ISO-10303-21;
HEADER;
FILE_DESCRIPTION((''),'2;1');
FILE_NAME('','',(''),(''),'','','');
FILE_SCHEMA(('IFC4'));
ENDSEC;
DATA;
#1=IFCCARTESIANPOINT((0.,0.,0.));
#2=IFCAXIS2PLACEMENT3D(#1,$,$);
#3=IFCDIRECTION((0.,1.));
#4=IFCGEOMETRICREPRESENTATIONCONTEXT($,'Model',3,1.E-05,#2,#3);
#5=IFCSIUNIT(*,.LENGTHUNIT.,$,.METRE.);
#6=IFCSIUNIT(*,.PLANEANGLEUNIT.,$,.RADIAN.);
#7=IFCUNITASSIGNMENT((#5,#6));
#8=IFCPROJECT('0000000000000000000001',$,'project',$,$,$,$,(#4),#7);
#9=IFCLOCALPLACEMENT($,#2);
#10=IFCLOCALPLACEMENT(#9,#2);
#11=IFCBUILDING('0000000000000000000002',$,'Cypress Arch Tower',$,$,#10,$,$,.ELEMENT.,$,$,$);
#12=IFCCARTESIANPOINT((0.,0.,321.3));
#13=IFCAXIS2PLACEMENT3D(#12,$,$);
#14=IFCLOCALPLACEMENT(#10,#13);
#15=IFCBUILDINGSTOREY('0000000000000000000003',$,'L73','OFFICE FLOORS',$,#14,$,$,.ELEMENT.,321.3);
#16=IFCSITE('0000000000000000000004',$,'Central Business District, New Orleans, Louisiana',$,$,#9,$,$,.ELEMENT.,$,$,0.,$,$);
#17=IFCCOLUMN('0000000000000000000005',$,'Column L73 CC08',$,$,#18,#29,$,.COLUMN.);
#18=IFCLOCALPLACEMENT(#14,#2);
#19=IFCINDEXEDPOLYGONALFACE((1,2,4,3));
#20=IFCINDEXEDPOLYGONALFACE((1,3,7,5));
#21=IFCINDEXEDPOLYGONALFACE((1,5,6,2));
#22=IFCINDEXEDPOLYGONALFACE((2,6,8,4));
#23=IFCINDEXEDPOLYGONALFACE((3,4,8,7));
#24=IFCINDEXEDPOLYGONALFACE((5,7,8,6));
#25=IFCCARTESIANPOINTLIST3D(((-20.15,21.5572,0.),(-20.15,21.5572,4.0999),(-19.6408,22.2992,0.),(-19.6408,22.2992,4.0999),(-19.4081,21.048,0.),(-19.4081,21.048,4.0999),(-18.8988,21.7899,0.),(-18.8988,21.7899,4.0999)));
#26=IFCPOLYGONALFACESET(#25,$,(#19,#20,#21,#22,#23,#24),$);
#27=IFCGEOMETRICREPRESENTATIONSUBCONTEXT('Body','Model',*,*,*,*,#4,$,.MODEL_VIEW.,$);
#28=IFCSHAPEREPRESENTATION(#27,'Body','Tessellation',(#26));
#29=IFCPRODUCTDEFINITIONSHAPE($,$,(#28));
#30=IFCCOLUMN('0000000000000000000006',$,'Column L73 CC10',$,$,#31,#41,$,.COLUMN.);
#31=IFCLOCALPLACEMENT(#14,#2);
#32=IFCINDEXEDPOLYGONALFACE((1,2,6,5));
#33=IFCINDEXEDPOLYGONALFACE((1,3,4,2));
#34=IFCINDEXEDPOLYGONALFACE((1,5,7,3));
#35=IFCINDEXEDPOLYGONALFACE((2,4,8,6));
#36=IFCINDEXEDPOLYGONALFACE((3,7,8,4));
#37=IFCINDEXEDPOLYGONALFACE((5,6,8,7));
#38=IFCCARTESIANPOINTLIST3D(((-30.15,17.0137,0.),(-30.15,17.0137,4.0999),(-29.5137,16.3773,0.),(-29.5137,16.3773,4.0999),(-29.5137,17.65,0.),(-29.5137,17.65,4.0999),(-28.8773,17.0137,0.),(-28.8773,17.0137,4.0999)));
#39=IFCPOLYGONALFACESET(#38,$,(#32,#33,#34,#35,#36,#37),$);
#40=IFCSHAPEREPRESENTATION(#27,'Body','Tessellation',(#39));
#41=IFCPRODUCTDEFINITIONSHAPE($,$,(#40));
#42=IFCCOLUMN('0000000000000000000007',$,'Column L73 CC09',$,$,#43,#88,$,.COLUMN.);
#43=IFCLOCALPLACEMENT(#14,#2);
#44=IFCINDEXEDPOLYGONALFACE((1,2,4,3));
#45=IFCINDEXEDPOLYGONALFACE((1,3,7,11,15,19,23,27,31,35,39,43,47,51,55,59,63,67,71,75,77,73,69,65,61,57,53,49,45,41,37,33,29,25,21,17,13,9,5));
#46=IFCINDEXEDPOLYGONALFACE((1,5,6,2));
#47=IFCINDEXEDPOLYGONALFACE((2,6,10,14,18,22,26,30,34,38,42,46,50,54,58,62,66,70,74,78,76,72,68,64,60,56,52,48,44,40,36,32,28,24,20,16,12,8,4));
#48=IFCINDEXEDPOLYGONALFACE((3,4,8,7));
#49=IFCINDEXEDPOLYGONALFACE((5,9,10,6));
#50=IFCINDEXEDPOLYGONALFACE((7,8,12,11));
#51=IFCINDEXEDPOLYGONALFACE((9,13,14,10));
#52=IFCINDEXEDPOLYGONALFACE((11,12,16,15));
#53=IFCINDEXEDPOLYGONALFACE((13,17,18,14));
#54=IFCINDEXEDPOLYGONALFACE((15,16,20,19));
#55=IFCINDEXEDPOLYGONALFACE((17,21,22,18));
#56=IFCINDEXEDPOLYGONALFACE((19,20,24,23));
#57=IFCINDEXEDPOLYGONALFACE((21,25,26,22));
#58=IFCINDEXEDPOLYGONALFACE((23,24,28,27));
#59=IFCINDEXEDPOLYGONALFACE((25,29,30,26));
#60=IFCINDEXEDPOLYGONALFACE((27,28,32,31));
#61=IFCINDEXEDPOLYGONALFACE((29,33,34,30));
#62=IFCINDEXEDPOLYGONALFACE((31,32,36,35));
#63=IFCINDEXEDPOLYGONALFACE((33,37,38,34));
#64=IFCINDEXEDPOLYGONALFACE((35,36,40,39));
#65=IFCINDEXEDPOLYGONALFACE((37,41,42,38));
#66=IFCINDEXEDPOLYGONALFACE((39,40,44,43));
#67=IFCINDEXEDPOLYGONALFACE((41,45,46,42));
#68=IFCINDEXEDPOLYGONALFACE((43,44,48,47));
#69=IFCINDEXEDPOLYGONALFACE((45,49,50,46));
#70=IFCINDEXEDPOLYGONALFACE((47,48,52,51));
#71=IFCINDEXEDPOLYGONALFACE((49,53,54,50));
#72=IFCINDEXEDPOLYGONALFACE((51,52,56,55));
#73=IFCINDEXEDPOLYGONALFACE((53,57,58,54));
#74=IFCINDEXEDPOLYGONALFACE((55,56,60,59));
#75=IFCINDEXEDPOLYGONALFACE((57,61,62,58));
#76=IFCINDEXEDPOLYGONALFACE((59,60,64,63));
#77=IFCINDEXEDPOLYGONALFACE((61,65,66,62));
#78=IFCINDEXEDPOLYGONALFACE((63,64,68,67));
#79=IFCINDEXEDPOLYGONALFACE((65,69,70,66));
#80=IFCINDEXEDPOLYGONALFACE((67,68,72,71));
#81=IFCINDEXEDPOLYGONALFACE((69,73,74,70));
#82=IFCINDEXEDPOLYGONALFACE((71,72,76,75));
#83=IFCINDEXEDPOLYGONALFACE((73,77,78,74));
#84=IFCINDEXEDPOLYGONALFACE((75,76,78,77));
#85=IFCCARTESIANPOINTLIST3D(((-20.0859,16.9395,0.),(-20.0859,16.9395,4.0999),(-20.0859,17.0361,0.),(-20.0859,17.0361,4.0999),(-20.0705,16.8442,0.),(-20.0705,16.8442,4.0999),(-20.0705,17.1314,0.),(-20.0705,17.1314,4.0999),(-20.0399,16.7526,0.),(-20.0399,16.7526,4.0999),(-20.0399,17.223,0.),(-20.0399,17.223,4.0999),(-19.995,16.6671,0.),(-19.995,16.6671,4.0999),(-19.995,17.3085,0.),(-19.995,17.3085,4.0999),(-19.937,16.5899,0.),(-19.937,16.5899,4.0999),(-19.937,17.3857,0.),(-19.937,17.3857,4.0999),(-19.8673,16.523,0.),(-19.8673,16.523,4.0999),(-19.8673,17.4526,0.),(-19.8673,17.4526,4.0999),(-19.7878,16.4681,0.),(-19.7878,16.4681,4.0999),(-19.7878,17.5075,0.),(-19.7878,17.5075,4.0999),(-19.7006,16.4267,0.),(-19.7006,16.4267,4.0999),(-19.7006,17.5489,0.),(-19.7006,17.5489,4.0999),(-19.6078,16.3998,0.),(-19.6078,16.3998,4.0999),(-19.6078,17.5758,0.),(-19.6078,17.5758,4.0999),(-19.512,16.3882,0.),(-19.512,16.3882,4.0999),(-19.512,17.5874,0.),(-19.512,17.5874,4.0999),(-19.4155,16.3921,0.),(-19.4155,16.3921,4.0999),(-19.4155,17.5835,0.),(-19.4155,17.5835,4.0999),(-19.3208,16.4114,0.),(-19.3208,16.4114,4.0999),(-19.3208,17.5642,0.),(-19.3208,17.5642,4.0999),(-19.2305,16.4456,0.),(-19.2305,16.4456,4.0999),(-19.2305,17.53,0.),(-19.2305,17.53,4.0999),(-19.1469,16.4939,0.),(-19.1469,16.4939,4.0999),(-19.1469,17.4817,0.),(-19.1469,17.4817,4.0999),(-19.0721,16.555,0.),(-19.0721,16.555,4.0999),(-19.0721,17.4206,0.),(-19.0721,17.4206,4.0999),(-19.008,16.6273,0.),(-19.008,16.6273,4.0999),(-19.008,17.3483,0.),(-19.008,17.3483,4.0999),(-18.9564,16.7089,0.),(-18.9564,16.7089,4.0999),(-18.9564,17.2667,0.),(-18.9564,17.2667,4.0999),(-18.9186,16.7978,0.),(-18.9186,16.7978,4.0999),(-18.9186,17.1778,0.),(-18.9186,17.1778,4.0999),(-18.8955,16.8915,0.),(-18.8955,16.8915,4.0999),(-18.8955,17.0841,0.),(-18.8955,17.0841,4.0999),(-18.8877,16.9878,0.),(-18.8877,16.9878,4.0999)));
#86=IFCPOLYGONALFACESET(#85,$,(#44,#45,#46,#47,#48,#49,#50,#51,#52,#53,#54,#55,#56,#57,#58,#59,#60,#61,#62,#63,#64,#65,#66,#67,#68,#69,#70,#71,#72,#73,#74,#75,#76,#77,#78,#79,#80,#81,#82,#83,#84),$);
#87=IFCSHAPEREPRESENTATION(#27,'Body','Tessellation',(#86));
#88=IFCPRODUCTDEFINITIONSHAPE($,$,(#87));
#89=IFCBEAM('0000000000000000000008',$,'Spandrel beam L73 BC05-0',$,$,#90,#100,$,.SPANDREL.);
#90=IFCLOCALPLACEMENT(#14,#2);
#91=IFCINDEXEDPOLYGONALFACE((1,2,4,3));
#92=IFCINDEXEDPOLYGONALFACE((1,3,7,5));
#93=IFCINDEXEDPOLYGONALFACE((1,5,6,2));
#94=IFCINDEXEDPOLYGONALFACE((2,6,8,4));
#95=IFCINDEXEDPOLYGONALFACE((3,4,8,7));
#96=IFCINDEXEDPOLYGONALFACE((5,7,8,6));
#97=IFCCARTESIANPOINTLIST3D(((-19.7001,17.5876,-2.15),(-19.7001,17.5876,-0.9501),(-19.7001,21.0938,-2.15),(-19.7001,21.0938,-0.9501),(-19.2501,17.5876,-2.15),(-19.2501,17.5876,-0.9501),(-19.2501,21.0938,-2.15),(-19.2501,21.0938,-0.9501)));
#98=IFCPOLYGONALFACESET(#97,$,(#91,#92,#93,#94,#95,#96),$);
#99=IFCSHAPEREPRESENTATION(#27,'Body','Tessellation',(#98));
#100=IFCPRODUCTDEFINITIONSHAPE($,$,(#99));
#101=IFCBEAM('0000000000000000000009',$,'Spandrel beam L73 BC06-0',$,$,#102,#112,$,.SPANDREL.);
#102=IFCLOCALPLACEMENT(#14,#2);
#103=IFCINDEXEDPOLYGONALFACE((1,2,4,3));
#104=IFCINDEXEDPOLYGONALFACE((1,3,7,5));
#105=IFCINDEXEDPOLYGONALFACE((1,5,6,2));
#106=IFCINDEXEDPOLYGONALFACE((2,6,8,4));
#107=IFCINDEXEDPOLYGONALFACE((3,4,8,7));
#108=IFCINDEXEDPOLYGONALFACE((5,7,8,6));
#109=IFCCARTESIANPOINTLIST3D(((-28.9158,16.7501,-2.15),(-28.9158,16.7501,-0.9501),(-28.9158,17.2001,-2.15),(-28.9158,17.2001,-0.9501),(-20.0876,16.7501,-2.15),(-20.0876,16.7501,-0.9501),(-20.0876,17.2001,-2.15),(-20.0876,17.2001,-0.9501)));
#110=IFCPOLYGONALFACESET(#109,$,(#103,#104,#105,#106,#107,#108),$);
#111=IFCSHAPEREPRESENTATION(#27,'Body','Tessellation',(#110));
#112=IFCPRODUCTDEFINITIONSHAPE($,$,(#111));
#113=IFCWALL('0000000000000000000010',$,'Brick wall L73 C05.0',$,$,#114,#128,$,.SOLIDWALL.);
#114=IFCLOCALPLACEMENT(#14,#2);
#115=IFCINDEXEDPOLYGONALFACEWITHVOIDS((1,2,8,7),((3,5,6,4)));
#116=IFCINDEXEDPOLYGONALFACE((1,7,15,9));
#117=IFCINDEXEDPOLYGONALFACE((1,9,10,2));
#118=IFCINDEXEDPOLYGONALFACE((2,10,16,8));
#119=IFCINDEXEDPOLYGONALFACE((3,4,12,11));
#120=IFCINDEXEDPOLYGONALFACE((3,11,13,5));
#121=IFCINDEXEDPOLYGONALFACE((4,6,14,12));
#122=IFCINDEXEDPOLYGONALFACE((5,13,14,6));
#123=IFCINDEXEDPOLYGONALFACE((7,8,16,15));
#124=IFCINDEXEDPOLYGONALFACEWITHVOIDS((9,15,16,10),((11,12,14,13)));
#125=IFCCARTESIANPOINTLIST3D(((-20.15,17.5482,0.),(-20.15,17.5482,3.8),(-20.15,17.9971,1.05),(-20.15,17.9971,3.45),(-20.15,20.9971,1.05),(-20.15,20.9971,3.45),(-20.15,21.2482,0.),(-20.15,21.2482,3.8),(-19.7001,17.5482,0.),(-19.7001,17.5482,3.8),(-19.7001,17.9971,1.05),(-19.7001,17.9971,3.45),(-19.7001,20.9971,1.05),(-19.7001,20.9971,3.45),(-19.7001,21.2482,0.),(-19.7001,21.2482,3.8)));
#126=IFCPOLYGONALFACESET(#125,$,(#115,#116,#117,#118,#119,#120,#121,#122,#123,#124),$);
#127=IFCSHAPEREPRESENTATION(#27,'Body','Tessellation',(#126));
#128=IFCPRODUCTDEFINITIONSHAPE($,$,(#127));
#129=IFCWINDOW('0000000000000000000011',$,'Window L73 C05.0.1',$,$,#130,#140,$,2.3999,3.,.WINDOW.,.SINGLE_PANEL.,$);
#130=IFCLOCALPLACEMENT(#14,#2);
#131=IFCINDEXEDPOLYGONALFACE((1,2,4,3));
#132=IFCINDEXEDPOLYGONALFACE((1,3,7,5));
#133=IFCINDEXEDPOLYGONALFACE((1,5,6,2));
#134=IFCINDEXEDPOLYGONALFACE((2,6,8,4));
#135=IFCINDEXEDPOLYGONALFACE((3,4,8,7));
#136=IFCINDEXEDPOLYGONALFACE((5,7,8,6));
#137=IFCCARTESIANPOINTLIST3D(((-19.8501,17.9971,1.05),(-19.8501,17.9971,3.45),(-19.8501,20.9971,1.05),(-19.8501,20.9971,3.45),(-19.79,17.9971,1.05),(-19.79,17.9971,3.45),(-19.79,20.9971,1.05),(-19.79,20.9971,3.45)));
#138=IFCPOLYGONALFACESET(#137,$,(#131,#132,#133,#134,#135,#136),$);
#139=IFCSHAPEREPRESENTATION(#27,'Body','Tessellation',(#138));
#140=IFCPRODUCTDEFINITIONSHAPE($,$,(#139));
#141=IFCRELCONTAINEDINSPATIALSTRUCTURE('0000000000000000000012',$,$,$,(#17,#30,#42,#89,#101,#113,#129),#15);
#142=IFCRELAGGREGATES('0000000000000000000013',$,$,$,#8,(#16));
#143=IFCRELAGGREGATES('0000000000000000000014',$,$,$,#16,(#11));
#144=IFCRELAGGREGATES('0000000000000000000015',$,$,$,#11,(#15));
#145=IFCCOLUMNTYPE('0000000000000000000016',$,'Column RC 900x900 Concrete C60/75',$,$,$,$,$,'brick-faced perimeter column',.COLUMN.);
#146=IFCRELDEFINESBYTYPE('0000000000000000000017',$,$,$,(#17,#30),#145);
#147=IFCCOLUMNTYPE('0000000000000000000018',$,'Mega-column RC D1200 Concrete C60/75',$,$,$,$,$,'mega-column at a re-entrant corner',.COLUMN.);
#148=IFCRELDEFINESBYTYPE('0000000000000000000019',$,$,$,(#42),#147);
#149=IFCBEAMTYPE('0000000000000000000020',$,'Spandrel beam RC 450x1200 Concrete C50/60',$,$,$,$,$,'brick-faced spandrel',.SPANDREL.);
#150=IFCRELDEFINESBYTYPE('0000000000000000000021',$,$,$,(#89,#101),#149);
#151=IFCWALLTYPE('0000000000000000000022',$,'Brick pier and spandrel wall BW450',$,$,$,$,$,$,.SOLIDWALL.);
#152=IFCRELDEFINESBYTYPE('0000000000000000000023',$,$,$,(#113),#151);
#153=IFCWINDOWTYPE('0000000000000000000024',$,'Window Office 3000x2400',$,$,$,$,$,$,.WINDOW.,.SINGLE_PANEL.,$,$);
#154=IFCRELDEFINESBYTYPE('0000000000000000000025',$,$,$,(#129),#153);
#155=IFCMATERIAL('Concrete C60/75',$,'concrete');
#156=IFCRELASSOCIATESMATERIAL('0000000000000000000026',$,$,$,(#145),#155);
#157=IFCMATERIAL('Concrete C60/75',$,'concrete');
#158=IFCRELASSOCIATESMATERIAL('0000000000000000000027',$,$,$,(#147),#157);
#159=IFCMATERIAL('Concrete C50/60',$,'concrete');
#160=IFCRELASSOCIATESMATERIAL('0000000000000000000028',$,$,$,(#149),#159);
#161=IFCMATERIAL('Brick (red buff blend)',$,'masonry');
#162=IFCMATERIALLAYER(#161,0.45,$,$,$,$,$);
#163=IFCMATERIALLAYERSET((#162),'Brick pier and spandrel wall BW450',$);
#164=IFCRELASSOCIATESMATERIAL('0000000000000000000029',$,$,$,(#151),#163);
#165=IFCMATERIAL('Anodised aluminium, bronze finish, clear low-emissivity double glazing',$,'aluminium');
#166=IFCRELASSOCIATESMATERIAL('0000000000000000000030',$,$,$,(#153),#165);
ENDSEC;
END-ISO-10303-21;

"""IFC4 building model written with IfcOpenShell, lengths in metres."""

from ifc_helpers import new_model, si_unit, direction, frame, frame_2d, origin, origin_2d, place, context, subcontext, project, spatial, rectangle, circle, extrude, material, layer, layer_set, material_profile, profile_set, type_object, element, fill, save


model = new_model("IFC4")

# Units and contexts
model_context = context("Model", 3, precision=1e-05, world=origin(), true_north=direction((0.0, 1.0)))
body_context = subcontext(model_context, "Body", "Model", "MODEL_VIEW")
ifc_project = project(units=[si_unit("LENGTHUNIT", "METRE"), si_unit("PLANEANGLEUNIT", "RADIAN")], contexts=[model_context])

# Site, building, storey
site_placement = place(None, origin())
site = spatial("IfcSite", under=ifc_project, at=site_placement, Name="Central Business District, New Orleans, Louisiana", CompositionType="ELEMENT", RefElevation=0.0)
building_placement = place(site_placement, origin())
building = spatial("IfcBuilding", under=site, at=building_placement, Name="Cypress Arch Tower", CompositionType="ELEMENT")
storey_placement = place(building_placement, frame((0.0, 0.0, 321.3)))
storey = spatial("IfcBuildingStorey", under=building, at=storey_placement, Name="L73", Description="OFFICE FLOORS", CompositionType="ELEMENT", Elevation=321.3)

# Columns
ifc_material_1 = material(Name="Concrete C60/75", Category="concrete")
ifc_material_profile_1 = material_profile(ifc_material_1, rectangle(XDim=0.8999, YDim=0.8999, at=origin_2d()), Name="RC 900x900")
ifc_profile_set_1 = profile_set([ifc_material_profile_1], Name="Concrete C60/75")
column_type_1 = type_object("IfcColumnType", Name="Column RC 900x900 Concrete C60/75", ElementType="brick-faced perimeter column", PredefinedType="COLUMN", material=ifc_profile_set_1)
for number, where, z_axis, x_axis, name in (
    (1, (-19.5244, 21.6736, 0.0), (0.0, 0.0, 1.0), (-0.565893, -0.824479, 0.0), "Column L73 CC08"),
    (2, (-29.5137, 17.0137, 0.0), (0.0, 0.0, 1.0), (-0.707107, -0.707107, 0.0), "Column L73 CC10"),
):
    element("IfcColumn", number, at=place(storey_placement, frame(where, z_axis=z_axis, x_axis=x_axis)), inside=storey, type_object=column_type_1, Name=name, PredefinedType="COLUMN", context=body_context, shape_type="SweptSolid", body=[
        extrude(rectangle(XDim=0.8999, YDim=0.8999, at=origin_2d()), origin(), (0.0, 0.0, 1.0), 4.0999),
    ])
ifc_material_2 = material(Name="Concrete C60/75", Category="concrete")
ifc_material_profile_2 = material_profile(ifc_material_2, circle(Radius=0.6001, at=origin_2d()), Name="RC D1200")
ifc_profile_set_2 = profile_set([ifc_material_profile_2], Name="Concrete C60/75")
column_type_2 = type_object("IfcColumnType", Name="Mega-column RC D1200 Concrete C60/75", ElementType="mega-column at a re-entrant corner", PredefinedType="COLUMN", material=ifc_profile_set_2)
column_placement = place(storey_placement, frame((-19.4878, 16.9878, 0.0), z_axis=(0.0, 0.0, 1.0), x_axis=(1.0, 0.0, 0.0)))
element("IfcColumn", 3, at=column_placement, inside=storey, type_object=column_type_2, Name="Column L73 CC09", PredefinedType="COLUMN", context=body_context, shape_type="SweptSolid", body=[
    extrude(circle(Radius=0.6001, at=origin_2d()), origin(), (0.0, 0.0, 1.0), 4.0999),
])

# Beams
ifc_material_3 = material(Name="Concrete C50/60", Category="concrete")
ifc_material_profile_3 = material_profile(ifc_material_3, rectangle(XDim=0.45, YDim=1.2, at=origin_2d()), Name="RC 450x1200")
ifc_profile_set_3 = profile_set([ifc_material_profile_3], Name="Concrete C50/60")
beam_type = type_object("IfcBeamType", Name="Spandrel beam RC 450x1200 Concrete C50/60", ElementType="brick-faced spandrel", PredefinedType="SPANDREL", material=ifc_profile_set_3)
beam_1_placement = place(storey_placement, frame((-19.4751, 21.0938, -1.55), z_axis=(0.0, -1.0, 0.0), x_axis=(1.0, 0.0, 0.0)))
element("IfcBeam", 4, at=beam_1_placement, inside=storey, type_object=beam_type, Name="Spandrel beam L73 BC05-0", PredefinedType="SPANDREL", context=body_context, shape_type="SweptSolid", body=[
    extrude(rectangle(XDim=0.45, YDim=1.2, at=origin_2d()), origin(), (0.0, 0.0, 1.0), 3.5061),
])
beam_2_placement = place(storey_placement, frame((-20.0876, 16.9751, -1.55), z_axis=(-1.0, 0.0, 0.0), x_axis=(0.0, -1.0, 0.0)))
element("IfcBeam", 5, at=beam_2_placement, inside=storey, type_object=beam_type, Name="Spandrel beam L73 BC06-0", PredefinedType="SPANDREL", context=body_context, shape_type="SweptSolid", body=[
    extrude(rectangle(XDim=0.45, YDim=1.2, at=origin_2d()), origin(), (0.0, 0.0, 1.0), 8.8281),
])

# Wall, opening, window
ifc_material_4 = material(Name="Brick (red buff blend)", Category="masonry")
ifc_layer_1 = layer(ifc_material_4, 0.45)
ifc_layer_set_1 = layer_set([ifc_layer_1], Name="Brick pier and spandrel wall BW450")
wall_type_1 = type_object("IfcWallType", Name="Brick pier and spandrel wall BW450", PredefinedType="SOLIDWALL", material=ifc_layer_set_1)
wall_1_placement = place(storey_placement, frame((-19.925, 21.2483, 0.0), z_axis=(0.0, 0.0, 1.0), x_axis=(0.0, -1.0, 0.0)))
wall_1 = element("IfcWall", 6, at=wall_1_placement, inside=storey, type_object=wall_type_1, Name="Brick wall L73 C05.0", PredefinedType="SOLIDWALL", context=body_context, shape_type="SweptSolid", body=[
    extrude(rectangle(XDim=3.7, YDim=0.45, at=frame_2d((1.8501, 0.0))), origin(), (0.0, 0.0, 1.0), 3.8),
])
opening_1_placement = place(wall_1_placement, frame((0.2512, 0.0, 1.05)))
opening_1 = element("IfcOpeningElement", 7, at=opening_1_placement, cuts=wall_1, PredefinedType="OPENING", context=body_context, shape_type="SweptSolid", body=[
    extrude(rectangle(XDim=3.0, YDim=2.3999, at=frame_2d((1.5, 1.2))), frame((0.0, 0.2349, 0.0), z_axis=(0.0, -1.0, 0.0), x_axis=(1.0, 0.0, 0.0)), (0.0, 0.0, 1.0), 0.47),
])
ifc_material_5 = material(Name="Anodised aluminium, bronze finish, clear low-emissivity double glazing", Category="aluminium")
window_type = type_object("IfcWindowType", Name="Window Office 3000x2400", PartitioningType="SINGLE_PANEL", PredefinedType="WINDOW", material=ifc_material_5)
window_1_placement = place(opening_1_placement, origin())
window_1 = element("IfcWindow", 8, at=window_1_placement, inside=storey, type_object=window_type, Name="Window L73 C05.0.1", OverallHeight=2.3999, OverallWidth=3.0, PartitioningType="SINGLE_PANEL", PredefinedType="WINDOW", context=body_context, shape_type="SweptSolid", body=[
    extrude(rectangle(XDim=3.0, YDim=2.3999, at=frame_2d((1.5, 1.2))), frame((0.0, 0.135, 0.0), z_axis=(0.0, -1.0, 0.0), x_axis=(1.0, 0.0, 0.0)), (0.0, 0.0, 1.0), 0.0601),
])
fill(opening_1, window_1)

save(model, "model.ifc")
